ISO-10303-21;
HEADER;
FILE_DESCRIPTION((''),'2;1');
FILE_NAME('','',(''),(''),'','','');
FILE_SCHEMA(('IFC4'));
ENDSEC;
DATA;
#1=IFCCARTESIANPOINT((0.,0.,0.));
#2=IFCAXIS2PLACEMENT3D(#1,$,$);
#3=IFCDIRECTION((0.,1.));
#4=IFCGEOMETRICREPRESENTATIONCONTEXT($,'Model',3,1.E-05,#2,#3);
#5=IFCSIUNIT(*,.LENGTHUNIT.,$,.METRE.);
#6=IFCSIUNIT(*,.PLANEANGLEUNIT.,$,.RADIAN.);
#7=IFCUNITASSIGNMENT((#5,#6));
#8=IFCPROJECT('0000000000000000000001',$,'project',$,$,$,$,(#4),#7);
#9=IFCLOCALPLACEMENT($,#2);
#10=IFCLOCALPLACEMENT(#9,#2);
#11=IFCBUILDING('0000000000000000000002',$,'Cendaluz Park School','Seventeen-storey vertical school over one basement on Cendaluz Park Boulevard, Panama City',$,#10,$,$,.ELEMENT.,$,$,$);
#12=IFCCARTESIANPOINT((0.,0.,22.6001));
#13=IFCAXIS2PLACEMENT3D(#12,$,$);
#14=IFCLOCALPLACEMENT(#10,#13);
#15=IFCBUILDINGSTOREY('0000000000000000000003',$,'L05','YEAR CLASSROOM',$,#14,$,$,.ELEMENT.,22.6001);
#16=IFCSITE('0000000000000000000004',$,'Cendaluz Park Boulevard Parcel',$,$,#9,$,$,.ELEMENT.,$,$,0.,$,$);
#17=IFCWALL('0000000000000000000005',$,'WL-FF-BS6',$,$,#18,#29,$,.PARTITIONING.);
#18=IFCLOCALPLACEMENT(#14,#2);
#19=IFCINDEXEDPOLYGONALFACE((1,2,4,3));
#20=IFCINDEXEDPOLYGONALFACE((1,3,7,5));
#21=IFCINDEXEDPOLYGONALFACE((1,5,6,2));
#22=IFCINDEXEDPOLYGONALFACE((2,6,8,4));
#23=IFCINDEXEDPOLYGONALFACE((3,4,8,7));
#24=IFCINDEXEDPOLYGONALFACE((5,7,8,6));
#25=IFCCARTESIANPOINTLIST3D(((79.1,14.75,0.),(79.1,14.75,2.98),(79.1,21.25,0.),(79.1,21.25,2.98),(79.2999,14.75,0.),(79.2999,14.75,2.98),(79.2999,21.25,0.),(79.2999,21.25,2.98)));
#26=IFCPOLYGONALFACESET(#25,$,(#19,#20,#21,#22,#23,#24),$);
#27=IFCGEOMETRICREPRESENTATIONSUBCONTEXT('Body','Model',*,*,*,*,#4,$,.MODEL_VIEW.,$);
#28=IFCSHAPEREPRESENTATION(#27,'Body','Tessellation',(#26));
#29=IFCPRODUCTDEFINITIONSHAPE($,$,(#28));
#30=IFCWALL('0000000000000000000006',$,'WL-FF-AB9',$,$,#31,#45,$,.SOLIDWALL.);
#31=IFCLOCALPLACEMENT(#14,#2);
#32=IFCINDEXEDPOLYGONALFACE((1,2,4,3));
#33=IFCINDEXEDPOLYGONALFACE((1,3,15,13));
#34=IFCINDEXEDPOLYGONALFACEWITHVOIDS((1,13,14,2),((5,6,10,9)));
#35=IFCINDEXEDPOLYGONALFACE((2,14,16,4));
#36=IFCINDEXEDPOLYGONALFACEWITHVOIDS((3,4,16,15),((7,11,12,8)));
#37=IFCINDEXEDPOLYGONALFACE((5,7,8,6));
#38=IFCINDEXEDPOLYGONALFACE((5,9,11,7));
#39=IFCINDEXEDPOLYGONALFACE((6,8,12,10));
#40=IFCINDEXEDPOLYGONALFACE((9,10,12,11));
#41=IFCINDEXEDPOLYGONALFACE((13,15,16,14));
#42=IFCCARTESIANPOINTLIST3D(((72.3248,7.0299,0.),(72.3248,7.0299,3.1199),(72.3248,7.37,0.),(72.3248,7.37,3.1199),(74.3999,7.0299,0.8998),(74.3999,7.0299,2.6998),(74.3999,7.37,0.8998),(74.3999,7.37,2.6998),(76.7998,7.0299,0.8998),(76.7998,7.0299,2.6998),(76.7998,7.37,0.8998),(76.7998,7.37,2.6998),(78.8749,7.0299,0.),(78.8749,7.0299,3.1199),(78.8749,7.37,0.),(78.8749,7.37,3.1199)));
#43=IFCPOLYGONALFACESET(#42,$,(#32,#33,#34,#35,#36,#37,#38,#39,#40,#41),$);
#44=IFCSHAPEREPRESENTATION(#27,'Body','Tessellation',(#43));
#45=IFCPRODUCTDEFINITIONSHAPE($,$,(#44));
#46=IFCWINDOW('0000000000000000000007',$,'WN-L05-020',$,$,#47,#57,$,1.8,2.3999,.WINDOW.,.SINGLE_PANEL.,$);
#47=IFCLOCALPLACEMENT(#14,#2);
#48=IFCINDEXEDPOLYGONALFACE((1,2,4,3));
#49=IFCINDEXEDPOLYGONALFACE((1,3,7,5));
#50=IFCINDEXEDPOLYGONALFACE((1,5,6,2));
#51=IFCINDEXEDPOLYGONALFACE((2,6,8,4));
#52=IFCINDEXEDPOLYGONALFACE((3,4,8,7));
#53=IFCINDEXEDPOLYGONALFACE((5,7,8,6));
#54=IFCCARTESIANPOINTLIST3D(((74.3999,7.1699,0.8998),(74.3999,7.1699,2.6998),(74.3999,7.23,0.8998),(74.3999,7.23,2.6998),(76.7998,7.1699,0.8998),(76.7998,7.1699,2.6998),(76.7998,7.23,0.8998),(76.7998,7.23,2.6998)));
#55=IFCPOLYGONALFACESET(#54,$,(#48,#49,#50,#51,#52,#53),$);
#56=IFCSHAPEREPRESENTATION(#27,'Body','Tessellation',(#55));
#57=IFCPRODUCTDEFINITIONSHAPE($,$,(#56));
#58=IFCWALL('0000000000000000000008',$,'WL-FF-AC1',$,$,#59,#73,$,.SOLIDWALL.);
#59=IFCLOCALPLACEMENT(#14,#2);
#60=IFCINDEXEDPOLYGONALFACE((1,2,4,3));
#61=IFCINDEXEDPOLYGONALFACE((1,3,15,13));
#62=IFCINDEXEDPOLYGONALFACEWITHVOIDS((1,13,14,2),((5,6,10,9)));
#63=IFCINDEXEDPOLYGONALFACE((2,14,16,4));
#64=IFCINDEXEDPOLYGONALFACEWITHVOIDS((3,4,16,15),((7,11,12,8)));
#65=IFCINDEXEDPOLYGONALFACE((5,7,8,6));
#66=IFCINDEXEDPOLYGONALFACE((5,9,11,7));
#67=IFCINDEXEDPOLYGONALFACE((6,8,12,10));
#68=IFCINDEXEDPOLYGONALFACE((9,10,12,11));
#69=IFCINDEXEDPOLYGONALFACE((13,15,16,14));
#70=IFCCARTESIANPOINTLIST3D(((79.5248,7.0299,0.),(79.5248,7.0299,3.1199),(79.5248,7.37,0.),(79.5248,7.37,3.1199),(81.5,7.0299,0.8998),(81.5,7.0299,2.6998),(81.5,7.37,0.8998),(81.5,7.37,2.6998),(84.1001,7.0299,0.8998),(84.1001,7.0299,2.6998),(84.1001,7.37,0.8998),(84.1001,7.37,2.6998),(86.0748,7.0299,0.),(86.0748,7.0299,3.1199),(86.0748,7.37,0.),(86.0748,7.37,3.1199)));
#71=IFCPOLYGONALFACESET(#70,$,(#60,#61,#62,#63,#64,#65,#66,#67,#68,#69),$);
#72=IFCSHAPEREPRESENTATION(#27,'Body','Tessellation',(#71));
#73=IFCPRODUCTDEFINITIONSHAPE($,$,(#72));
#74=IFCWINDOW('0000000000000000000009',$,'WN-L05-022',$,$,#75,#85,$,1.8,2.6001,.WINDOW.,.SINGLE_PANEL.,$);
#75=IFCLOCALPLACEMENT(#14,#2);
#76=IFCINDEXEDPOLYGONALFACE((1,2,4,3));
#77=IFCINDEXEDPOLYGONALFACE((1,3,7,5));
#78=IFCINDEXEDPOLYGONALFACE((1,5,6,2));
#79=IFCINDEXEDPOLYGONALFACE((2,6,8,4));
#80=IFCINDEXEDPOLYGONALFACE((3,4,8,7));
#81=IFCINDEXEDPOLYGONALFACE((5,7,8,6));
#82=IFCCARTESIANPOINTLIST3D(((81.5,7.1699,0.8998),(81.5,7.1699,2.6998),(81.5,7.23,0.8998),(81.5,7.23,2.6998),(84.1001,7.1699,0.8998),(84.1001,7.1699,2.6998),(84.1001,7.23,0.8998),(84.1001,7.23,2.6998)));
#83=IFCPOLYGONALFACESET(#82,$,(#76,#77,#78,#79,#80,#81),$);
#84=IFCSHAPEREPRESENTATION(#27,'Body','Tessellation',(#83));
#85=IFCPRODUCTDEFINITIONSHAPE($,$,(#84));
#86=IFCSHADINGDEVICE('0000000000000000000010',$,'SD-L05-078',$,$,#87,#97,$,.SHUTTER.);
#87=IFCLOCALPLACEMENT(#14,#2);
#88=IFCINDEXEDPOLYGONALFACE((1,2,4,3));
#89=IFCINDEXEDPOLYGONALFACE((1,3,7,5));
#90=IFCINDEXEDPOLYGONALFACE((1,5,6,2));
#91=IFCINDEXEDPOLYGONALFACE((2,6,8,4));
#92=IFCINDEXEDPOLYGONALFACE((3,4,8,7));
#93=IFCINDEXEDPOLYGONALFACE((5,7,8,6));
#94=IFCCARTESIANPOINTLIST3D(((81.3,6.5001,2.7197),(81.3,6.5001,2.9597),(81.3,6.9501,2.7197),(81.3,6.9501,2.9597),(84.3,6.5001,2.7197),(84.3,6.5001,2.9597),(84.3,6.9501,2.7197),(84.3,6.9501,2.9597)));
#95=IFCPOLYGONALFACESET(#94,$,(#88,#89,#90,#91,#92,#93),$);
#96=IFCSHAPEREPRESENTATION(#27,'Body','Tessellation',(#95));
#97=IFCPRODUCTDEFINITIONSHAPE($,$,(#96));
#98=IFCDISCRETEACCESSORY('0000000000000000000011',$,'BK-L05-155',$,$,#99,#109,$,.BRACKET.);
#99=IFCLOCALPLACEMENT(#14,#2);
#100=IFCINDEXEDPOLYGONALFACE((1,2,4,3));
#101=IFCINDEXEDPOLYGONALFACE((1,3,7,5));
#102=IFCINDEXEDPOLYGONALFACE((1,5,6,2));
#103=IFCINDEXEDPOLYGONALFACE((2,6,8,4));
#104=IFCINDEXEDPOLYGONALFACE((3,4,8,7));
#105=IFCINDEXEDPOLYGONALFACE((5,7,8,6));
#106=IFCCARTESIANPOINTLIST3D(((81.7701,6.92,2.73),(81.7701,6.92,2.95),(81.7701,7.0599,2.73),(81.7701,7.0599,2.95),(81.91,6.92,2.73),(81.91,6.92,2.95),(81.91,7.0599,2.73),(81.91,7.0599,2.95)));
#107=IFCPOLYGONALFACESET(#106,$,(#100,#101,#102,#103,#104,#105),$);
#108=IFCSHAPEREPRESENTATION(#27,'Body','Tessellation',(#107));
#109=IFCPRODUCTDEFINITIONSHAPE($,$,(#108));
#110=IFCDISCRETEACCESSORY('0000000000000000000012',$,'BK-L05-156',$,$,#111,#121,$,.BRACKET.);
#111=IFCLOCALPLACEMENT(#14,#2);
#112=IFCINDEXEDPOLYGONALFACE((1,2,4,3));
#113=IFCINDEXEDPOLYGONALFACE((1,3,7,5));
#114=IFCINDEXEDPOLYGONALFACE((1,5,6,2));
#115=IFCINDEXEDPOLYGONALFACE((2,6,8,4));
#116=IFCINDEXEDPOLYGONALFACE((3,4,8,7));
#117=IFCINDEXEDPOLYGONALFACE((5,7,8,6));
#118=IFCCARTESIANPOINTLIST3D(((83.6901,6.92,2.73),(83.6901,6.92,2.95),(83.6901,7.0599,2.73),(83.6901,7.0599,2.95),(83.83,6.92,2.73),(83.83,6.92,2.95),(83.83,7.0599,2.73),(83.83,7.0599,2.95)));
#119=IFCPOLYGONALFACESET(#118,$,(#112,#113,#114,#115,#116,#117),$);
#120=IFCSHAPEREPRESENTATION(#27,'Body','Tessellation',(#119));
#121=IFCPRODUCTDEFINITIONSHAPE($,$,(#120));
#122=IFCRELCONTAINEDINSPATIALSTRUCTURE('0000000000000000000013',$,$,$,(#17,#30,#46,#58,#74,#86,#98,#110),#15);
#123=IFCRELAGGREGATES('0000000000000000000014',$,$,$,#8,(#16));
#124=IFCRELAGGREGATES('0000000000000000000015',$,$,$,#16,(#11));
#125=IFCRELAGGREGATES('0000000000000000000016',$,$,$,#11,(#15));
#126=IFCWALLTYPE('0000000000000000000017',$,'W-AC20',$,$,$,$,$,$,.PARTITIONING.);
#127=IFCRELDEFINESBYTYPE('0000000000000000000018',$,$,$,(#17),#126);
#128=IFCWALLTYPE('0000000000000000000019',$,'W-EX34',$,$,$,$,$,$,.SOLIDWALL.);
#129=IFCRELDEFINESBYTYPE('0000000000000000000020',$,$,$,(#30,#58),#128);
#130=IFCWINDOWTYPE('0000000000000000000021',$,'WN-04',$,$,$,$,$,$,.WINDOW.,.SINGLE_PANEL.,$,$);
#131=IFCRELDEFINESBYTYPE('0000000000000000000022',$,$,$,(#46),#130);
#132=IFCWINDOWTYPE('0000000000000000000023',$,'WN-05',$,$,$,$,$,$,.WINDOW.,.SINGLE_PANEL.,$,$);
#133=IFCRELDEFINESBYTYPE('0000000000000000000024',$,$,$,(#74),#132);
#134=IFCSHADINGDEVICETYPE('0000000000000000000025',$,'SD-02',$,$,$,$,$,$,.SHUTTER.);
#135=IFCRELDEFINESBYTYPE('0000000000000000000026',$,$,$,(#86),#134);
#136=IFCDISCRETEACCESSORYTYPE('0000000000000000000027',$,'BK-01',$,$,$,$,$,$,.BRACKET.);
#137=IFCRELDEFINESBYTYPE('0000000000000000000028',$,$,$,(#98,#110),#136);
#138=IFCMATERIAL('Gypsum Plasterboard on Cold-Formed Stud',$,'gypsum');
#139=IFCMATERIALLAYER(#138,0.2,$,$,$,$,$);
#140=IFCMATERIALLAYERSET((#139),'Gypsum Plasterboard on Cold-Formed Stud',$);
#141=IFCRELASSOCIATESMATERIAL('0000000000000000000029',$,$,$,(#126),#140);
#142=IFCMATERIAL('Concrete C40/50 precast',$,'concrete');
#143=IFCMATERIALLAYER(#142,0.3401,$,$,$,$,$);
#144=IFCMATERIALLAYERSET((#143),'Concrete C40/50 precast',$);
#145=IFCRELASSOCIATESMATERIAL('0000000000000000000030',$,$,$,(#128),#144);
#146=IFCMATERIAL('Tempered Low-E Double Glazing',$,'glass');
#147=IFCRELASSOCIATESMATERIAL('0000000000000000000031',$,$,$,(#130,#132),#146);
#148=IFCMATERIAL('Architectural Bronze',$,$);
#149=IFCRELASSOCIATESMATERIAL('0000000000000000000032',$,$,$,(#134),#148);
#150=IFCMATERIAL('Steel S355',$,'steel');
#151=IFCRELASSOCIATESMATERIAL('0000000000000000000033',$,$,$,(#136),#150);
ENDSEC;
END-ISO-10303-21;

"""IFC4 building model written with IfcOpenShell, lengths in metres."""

from ifc_helpers import new_model, si_unit, direction, frame, frame_2d, origin, origin_2d, place, context, subcontext, project, spatial, rectangle, extrude, material, layer, layer_set, type_object, element, fill, save


model = new_model("IFC4")

# Units and contexts
model_context = context("Model", 3, precision=1e-05, world=origin(), true_north=direction((0.0, 1.0)))
body_context = subcontext(model_context, "Body", "Model", "MODEL_VIEW")
ifc_project = project(units=[si_unit("LENGTHUNIT", "METRE"), si_unit("PLANEANGLEUNIT", "RADIAN")], contexts=[model_context])

# Site, building, storey
site_placement = place(None, origin())
site = spatial("IfcSite", under=ifc_project, at=site_placement, Name="Cendaluz Park Boulevard Parcel", CompositionType="ELEMENT", RefElevation=0.0)
building_placement = place(site_placement, origin())
building = spatial("IfcBuilding", under=site, at=building_placement, Name="Cendaluz Park School", Description="Seventeen-storey vertical school over one basement on Cendaluz Park Boulevard, Panama City", CompositionType="ELEMENT")
storey_placement = place(building_placement, frame((0.0, 0.0, 22.6001)))
storey = spatial("IfcBuildingStorey", under=building, at=storey_placement, Name="L05", Description="YEAR CLASSROOM", CompositionType="ELEMENT", Elevation=22.6001)

# Shared definitions
ifc_material_1 = material(Name="Gypsum Plasterboard on Cold-Formed Stud", Category="gypsum")
ifc_layer_1 = layer(ifc_material_1, 0.2)
ifc_layer_set_1 = layer_set([ifc_layer_1], Name="Gypsum Plasterboard on Cold-Formed Stud")
wall_type_1 = type_object("IfcWallType", Name="W-AC20", PredefinedType="PARTITIONING", material=ifc_layer_set_1)

# Wall
wall_1_placement = place(storey_placement, frame((79.2, 14.75, 0.0), z_axis=(0.0, 0.0, 1.0), x_axis=(0.0, 1.0, 0.0)))
element("IfcWall", 1, at=wall_1_placement, inside=storey, type_object=wall_type_1, Name="WL-FF-BS6", PredefinedType="PARTITIONING", context=body_context, shape_type="SweptSolid", body=[
    extrude(rectangle(XDim=6.5, YDim=0.2, at=frame_2d((3.25, 0.0))), origin(), (0.0, 0.0, 1.0), 2.98),
])

# Walls, openings, windows
ifc_material_2 = material(Name="Concrete C40/50 precast", Category="concrete")
ifc_layer_2 = layer(ifc_material_2, 0.3401)
ifc_layer_set_2 = layer_set([ifc_layer_2], Name="Concrete C40/50 precast")
wall_type_2 = type_object("IfcWallType", Name="W-EX34", PredefinedType="SOLIDWALL", material=ifc_layer_set_2)
wall_2_placement = place(storey_placement, frame((72.325, 7.2, 0.0), z_axis=(0.0, 0.0, 1.0), x_axis=(1.0, 0.0, 0.0)))
wall_2 = element("IfcWall", 2, at=wall_2_placement, inside=storey, type_object=wall_type_2, Name="WL-FF-AB9", PredefinedType="SOLIDWALL", context=body_context, shape_type="SweptSolid", body=[
    extrude(rectangle(XDim=6.55, YDim=0.3401, at=frame_2d((3.2749, 0.0))), origin(), (0.0, 0.0, 1.0), 3.1199),
])
opening_1_placement = place(wall_2_placement, frame((2.075, 0.0, 0.8999)))
opening_1 = element("IfcOpeningElement", 3, at=opening_1_placement, cuts=wall_2, PredefinedType="OPENING", context=body_context, shape_type="SweptSolid", body=[
    extrude(rectangle(XDim=2.3999, YDim=1.8, at=frame_2d((1.2, 0.8999))), frame((0.0, 0.1821, 0.0), z_axis=(0.0, -1.0, 0.0), x_axis=(1.0, 0.0, 0.0)), (0.0, 0.0, 1.0), 0.364),
])
ifc_material_3 = material(Name="Tempered Low-E Double Glazing", Category="glass")
window_type_1 = type_object("IfcWindowType", Name="WN-04", PartitioningType="SINGLE_PANEL", PredefinedType="WINDOW", material=ifc_material_3)
window_1_placement = place(opening_1_placement, origin())
window_1 = element("IfcWindow", 4, at=window_1_placement, inside=storey, type_object=window_type_1, Name="WN-L05-020", OverallHeight=1.8, OverallWidth=2.3999, PartitioningType="SINGLE_PANEL", PredefinedType="WINDOW", context=body_context, shape_type="SweptSolid", body=[
    extrude(rectangle(XDim=2.3999, YDim=1.8, at=frame_2d((1.2, 0.8999))), frame((0.0, 0.03, 0.0), z_axis=(0.0, -1.0, 0.0), x_axis=(1.0, 0.0, 0.0)), (0.0, 0.0, 1.0), 0.0601),
])
fill(opening_1, window_1)
wall_3_placement = place(storey_placement, frame((79.5249, 7.2, 0.0), z_axis=(0.0, 0.0, 1.0), x_axis=(1.0, 0.0, 0.0)))
wall_3 = element("IfcWall", 5, at=wall_3_placement, inside=storey, type_object=wall_type_2, Name="WL-FF-AC1", PredefinedType="SOLIDWALL", context=body_context, shape_type="SweptSolid", body=[
    extrude(rectangle(XDim=6.55, YDim=0.3401, at=frame_2d((3.2749, 0.0))), origin(), (0.0, 0.0, 1.0), 3.1199),
])
opening_2_placement = place(wall_3_placement, frame((1.9751, 0.0, 0.8999)))
opening_2 = element("IfcOpeningElement", 6, at=opening_2_placement, cuts=wall_3, PredefinedType="OPENING", context=body_context, shape_type="SweptSolid", body=[
    extrude(rectangle(XDim=2.6001, YDim=1.8, at=frame_2d((1.3, 0.8999))), frame((0.0, 0.1821, 0.0), z_axis=(0.0, -1.0, 0.0), x_axis=(1.0, 0.0, 0.0)), (0.0, 0.0, 1.0), 0.364),
])
window_type_2 = type_object("IfcWindowType", Name="WN-05", PartitioningType="SINGLE_PANEL", PredefinedType="WINDOW", material=ifc_material_3)
window_2_placement = place(opening_2_placement, origin())
window_2 = element("IfcWindow", 7, at=window_2_placement, inside=storey, type_object=window_type_2, Name="WN-L05-022", OverallHeight=1.8, OverallWidth=2.6001, PartitioningType="SINGLE_PANEL", PredefinedType="WINDOW", context=body_context, shape_type="SweptSolid", body=[
    extrude(rectangle(XDim=2.6001, YDim=1.8, at=frame_2d((1.3, 0.8999))), frame((0.0, 0.03, 0.0), z_axis=(0.0, -1.0, 0.0), x_axis=(1.0, 0.0, 0.0)), (0.0, 0.0, 1.0), 0.0601),
])
fill(opening_2, window_2)

# Shading device
ifc_material_4 = material(Name="Architectural Bronze")
shading_device_type = type_object("IfcShadingDeviceType", Name="SD-02", PredefinedType="SHUTTER", material=ifc_material_4)
shading_device_placement = place(storey_placement, frame((82.8, 6.7251, 2.7197), z_axis=(0.0, 0.0, 1.0), x_axis=(1.0, 0.0, 0.0)))
element("IfcShadingDevice", 8, at=shading_device_placement, inside=storey, type_object=shading_device_type, Name="SD-L05-078", PredefinedType="SHUTTER", context=body_context, shape_type="SweptSolid", body=[
    extrude(rectangle(XDim=3.0, YDim=0.45, at=origin_2d()), origin(), (0.0, 0.0, 1.0), 0.24),
])

# Discrete accessories
ifc_material_5 = material(Name="Steel S355", Category="steel")
discrete_accessory_type = type_object("IfcDiscreteAccessoryType", Name="BK-01", PredefinedType="BRACKET", material=ifc_material_5)
for number, where, z_axis, x_axis, name in (
    (9, (81.8401, 6.99, 2.73), (0.0, 0.0, 1.0), (1.0, 0.0, 0.0), "BK-L05-155"),
    (10, (83.76, 6.99, 2.73), (0.0, 0.0, 1.0), (1.0, 0.0, 0.0), "BK-L05-156"),
):
    element("IfcDiscreteAccessory", number, at=place(storey_placement, frame(where, z_axis=z_axis, x_axis=x_axis)), inside=storey, type_object=discrete_accessory_type, Name=name, PredefinedType="BRACKET", context=body_context, shape_type="SweptSolid", body=[
        extrude(rectangle(XDim=0.1399, YDim=0.1399, at=origin_2d()), origin(), (0.0, 0.0, 1.0), 0.22),
    ])

save(model, "model.ifc")
